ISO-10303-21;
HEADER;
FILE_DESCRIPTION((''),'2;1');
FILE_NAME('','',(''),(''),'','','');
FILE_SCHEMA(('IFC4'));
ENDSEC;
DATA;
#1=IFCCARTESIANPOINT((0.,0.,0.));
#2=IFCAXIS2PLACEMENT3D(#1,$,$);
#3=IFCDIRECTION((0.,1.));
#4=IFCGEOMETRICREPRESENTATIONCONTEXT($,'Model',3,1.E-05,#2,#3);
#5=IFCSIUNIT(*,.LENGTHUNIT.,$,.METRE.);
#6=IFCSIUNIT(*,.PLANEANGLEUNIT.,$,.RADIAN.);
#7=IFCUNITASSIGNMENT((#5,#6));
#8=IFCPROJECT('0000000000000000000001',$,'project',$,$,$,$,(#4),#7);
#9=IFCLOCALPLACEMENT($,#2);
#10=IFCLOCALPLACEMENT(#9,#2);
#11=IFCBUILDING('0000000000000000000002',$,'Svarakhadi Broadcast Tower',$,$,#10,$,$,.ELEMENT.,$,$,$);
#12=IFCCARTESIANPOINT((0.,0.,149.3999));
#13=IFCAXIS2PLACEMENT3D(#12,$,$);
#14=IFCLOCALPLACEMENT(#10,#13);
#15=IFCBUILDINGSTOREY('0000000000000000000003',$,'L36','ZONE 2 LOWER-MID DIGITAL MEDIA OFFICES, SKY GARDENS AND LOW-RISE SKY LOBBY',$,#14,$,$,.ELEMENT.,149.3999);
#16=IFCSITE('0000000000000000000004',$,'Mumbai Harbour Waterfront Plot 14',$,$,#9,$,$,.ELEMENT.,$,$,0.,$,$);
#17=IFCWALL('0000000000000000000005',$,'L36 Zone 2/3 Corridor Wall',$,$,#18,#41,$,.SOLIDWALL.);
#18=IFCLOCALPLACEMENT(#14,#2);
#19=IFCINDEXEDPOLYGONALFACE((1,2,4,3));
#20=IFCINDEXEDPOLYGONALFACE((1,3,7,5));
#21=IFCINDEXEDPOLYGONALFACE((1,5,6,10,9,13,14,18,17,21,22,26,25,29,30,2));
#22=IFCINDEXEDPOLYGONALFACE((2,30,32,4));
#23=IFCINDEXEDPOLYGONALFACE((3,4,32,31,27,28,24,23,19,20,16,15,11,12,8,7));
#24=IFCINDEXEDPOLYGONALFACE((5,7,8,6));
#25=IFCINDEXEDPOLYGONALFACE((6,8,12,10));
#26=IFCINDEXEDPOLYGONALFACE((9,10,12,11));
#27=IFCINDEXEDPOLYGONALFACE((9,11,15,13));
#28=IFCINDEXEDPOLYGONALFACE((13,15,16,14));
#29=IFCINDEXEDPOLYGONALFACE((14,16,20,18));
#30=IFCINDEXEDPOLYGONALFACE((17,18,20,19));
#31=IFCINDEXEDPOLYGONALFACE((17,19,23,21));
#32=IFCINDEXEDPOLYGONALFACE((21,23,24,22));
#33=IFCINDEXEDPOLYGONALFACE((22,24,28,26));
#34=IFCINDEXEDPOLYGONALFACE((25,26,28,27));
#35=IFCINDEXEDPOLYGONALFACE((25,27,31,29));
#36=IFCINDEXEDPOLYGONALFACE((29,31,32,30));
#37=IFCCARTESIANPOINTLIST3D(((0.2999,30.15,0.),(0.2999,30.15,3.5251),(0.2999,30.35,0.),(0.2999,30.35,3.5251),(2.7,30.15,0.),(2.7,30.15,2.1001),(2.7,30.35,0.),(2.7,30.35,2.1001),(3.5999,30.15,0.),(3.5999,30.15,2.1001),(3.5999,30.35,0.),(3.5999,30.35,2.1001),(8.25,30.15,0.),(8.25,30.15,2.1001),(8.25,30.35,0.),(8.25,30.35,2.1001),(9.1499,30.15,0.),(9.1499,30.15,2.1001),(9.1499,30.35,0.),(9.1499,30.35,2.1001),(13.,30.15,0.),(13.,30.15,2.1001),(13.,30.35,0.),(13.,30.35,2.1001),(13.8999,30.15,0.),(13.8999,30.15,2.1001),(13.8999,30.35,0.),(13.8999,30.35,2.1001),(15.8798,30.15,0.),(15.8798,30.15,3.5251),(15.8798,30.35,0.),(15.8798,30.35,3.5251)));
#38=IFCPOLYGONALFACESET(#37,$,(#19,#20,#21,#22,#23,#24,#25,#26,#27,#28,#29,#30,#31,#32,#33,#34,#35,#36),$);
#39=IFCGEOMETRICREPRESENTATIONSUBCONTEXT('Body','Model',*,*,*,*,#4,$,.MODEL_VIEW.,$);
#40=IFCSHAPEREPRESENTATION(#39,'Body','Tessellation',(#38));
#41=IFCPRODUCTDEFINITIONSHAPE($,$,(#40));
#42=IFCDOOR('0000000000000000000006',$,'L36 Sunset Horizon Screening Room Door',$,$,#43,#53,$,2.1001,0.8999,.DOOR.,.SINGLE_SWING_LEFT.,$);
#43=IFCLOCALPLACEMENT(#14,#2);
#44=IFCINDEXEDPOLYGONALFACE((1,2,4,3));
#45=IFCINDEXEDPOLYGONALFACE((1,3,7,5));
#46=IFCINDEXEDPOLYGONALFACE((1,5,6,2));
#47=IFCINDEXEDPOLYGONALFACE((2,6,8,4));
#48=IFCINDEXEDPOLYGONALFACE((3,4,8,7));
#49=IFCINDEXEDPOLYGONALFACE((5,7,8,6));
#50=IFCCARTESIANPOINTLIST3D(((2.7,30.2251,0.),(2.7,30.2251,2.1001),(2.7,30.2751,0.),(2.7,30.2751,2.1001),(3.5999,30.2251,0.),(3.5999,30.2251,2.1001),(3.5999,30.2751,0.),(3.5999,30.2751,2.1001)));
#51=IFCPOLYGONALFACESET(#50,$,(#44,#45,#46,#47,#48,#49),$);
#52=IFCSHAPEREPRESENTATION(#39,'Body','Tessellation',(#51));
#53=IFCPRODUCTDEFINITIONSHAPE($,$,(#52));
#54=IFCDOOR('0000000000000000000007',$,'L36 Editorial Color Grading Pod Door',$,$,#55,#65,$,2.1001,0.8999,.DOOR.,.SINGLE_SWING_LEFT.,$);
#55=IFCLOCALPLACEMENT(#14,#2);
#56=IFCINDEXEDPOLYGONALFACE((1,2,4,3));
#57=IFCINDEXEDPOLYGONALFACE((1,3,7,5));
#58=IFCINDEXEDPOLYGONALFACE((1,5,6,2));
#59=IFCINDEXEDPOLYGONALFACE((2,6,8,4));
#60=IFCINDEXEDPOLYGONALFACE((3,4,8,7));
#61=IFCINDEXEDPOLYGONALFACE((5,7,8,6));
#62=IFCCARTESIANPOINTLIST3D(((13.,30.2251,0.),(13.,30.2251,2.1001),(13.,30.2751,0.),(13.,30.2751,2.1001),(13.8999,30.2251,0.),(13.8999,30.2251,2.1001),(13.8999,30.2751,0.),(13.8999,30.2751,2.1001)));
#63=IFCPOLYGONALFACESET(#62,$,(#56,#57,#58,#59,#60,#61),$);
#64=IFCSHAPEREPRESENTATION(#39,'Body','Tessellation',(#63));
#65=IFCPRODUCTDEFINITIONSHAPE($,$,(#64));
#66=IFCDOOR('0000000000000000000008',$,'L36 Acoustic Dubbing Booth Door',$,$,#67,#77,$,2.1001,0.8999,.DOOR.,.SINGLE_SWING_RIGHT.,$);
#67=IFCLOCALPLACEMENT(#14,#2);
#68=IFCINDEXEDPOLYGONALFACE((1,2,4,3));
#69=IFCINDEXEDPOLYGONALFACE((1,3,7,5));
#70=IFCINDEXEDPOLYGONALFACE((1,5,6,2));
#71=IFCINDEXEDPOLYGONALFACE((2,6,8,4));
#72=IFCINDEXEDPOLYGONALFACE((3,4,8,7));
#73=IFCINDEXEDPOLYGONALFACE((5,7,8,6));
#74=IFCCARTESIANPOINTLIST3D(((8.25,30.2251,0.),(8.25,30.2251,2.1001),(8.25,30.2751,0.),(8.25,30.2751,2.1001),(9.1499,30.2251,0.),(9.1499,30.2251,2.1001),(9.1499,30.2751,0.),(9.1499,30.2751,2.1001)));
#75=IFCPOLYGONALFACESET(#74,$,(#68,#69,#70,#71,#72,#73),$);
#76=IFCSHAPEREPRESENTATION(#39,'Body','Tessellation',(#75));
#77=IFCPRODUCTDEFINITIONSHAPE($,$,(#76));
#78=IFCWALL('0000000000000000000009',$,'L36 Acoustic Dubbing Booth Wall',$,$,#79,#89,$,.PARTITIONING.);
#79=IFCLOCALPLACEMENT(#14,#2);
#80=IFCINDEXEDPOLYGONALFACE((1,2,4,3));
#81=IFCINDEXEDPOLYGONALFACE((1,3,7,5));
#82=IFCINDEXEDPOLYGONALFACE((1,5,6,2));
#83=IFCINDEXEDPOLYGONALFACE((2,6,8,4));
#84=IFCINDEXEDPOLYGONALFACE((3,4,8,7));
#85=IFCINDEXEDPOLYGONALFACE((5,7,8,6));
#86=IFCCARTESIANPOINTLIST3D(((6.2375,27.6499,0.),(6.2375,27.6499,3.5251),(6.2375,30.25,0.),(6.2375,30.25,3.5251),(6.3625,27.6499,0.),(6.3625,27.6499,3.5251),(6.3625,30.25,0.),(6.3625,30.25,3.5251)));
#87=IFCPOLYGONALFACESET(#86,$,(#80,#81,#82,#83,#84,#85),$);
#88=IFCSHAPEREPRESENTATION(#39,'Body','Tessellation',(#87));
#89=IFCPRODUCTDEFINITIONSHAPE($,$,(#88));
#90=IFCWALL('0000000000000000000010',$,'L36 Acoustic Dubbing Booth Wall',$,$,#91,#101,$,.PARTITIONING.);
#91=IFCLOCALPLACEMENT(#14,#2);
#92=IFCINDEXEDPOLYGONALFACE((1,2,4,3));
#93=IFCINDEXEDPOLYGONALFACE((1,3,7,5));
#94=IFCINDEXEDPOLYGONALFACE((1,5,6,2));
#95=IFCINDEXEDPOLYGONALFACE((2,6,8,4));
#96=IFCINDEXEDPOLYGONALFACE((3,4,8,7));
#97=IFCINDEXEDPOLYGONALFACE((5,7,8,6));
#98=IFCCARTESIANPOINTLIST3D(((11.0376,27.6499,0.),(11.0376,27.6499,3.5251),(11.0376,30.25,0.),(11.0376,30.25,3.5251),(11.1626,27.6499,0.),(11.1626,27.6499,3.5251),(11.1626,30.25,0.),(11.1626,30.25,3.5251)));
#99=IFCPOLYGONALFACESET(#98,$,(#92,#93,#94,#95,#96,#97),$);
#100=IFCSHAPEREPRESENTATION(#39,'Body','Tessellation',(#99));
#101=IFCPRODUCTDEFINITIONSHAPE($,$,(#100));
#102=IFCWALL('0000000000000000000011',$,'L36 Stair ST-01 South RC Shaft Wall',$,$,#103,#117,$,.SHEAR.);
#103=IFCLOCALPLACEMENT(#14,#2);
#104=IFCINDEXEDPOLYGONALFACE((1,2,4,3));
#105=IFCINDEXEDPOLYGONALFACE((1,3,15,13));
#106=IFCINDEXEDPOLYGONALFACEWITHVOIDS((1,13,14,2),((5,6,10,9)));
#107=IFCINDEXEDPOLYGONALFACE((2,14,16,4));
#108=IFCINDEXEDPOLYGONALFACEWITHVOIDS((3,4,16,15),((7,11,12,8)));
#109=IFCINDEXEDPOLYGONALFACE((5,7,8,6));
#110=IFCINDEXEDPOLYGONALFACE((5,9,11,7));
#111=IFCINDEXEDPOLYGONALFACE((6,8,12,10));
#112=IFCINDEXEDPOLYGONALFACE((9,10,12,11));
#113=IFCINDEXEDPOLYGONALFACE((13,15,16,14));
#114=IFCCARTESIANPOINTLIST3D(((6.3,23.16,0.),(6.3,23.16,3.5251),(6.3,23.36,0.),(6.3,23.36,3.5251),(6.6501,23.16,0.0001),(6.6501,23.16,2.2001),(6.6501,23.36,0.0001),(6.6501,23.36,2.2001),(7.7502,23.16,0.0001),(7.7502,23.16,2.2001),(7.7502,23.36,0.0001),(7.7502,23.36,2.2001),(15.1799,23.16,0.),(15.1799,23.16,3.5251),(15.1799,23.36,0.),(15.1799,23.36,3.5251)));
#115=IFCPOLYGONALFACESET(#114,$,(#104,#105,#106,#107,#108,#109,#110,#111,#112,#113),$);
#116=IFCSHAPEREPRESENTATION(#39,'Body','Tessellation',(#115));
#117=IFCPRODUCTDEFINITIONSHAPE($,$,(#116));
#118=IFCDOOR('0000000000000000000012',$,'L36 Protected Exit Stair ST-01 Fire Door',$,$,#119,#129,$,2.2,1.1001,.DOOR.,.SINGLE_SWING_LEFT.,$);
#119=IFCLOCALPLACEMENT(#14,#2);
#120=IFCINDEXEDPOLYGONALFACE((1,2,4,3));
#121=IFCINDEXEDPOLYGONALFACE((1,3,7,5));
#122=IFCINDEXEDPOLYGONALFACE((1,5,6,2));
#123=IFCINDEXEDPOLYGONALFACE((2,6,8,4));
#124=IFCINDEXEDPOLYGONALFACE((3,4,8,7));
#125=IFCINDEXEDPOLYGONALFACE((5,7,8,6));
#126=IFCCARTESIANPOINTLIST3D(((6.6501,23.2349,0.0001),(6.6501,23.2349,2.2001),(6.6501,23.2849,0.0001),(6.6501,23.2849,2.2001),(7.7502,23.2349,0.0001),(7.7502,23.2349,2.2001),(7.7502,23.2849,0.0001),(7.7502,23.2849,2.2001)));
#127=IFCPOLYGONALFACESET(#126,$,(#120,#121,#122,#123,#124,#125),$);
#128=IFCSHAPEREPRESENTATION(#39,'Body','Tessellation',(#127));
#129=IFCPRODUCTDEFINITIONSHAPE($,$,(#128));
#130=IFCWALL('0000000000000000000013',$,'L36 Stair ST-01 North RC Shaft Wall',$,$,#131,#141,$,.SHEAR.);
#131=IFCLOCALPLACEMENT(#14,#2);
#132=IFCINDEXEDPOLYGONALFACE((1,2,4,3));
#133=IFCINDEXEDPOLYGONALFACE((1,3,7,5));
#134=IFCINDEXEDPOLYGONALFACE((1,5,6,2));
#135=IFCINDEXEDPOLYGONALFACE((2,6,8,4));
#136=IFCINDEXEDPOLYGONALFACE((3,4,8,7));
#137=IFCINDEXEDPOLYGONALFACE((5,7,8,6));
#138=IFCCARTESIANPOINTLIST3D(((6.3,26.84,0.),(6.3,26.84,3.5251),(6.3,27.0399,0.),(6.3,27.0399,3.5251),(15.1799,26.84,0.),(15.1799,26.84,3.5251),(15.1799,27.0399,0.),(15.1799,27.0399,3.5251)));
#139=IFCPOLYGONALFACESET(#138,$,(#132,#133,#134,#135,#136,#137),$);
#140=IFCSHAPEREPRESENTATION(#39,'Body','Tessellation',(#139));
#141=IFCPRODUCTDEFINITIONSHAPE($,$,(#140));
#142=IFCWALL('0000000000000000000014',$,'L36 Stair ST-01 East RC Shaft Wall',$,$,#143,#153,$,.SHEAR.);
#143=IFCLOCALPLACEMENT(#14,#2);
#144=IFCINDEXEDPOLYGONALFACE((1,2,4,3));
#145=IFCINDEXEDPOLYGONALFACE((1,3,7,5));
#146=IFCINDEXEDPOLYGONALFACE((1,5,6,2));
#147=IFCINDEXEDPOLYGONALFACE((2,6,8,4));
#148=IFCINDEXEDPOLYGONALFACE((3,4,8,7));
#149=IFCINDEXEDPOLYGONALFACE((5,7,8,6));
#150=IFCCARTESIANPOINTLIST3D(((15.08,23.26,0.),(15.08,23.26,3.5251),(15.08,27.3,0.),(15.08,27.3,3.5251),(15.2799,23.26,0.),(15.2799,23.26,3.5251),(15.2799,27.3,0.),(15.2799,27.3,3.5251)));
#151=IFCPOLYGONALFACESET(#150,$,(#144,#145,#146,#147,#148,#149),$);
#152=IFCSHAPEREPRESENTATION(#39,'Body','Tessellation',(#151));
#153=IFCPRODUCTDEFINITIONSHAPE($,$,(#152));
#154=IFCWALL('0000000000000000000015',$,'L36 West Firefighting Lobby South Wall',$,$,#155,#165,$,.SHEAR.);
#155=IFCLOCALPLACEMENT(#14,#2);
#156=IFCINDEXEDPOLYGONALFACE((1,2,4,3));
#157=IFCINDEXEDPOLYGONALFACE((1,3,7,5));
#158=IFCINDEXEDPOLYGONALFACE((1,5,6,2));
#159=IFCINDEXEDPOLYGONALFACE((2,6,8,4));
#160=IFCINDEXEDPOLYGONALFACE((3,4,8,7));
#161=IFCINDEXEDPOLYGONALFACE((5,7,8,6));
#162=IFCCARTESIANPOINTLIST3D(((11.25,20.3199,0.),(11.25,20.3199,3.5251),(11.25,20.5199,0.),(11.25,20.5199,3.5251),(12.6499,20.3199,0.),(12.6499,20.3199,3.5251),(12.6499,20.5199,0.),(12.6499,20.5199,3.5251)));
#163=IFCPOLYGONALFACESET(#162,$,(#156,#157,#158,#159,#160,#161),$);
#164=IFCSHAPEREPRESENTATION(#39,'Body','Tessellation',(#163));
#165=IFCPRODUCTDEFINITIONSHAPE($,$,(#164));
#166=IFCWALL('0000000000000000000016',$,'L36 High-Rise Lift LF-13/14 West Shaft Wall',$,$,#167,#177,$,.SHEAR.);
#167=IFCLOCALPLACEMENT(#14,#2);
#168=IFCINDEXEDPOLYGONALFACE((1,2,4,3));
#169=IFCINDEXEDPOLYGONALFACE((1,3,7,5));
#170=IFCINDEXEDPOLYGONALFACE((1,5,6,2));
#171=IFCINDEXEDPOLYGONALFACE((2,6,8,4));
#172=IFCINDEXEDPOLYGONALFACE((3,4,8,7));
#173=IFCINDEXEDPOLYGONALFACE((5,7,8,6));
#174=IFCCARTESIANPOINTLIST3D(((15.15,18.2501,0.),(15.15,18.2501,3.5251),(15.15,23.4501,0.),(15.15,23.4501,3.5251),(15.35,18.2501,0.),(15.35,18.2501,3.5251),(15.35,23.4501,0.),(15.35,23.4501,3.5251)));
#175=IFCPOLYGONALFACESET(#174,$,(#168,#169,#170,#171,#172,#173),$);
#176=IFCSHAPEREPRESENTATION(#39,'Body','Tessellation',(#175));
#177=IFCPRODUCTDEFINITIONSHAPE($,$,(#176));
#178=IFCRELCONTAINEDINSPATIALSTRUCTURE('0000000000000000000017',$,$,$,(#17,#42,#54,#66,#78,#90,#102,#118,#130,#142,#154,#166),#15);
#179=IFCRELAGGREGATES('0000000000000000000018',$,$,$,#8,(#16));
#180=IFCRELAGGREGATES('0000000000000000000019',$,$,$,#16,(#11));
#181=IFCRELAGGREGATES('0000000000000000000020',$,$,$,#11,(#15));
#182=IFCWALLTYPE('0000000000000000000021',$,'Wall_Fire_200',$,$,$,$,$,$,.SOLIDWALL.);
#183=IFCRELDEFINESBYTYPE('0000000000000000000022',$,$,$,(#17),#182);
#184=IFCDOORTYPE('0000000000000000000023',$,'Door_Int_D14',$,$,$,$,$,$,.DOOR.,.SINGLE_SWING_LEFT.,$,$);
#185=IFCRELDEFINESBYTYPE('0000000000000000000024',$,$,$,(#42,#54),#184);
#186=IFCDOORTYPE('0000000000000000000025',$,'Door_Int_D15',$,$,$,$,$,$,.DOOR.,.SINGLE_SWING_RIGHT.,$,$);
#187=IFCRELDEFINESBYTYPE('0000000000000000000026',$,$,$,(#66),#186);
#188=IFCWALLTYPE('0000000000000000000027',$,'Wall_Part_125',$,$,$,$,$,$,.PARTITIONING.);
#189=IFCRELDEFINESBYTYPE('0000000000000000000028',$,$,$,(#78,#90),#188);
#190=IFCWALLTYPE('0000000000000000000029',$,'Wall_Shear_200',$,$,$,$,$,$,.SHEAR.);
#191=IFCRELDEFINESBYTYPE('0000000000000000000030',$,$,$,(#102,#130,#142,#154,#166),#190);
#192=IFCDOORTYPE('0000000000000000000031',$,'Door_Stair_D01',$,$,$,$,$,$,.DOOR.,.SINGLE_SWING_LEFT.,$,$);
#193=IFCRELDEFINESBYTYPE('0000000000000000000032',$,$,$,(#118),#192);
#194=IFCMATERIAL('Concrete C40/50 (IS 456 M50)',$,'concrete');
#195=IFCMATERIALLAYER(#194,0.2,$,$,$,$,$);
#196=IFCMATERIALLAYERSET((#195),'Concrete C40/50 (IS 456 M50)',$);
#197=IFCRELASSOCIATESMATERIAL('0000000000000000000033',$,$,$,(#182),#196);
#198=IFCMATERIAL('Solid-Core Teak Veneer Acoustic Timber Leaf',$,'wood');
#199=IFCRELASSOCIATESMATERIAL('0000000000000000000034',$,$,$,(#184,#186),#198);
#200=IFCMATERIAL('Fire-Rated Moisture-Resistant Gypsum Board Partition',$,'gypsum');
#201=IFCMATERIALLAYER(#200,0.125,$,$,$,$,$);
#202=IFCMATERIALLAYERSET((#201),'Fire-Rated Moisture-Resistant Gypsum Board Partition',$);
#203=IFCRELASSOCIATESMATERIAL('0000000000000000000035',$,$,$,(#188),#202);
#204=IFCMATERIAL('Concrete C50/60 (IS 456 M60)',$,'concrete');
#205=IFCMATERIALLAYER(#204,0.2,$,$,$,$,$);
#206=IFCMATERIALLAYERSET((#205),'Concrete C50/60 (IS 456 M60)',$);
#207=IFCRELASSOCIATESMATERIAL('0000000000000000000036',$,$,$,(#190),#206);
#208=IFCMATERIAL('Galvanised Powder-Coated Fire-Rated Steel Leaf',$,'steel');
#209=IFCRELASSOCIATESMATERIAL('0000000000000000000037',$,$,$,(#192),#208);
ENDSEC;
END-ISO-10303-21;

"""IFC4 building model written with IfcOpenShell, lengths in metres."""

from ifc_helpers import new_model, si_unit, direction, frame, frame_2d, origin, place, context, subcontext, project, spatial, rectangle, extrude, material, layer, layer_set, type_object, element, fill, save


model = new_model("IFC4")

# Units and contexts
model_context = context("Model", 3, precision=1e-05, world=origin(), true_north=direction((0.0, 1.0)))
body_context = subcontext(model_context, "Body", "Model", "MODEL_VIEW")
ifc_project = project(units=[si_unit("LENGTHUNIT", "METRE"), si_unit("PLANEANGLEUNIT", "RADIAN")], contexts=[model_context])

# Site, building, storey
site_placement = place(None, origin())
site = spatial("IfcSite", under=ifc_project, at=site_placement, Name="Mumbai Harbour Waterfront Plot 14", CompositionType="ELEMENT", RefElevation=0.0)
building_placement = place(site_placement, origin())
building = spatial("IfcBuilding", under=site, at=building_placement, Name="Svarakhadi Broadcast Tower", CompositionType="ELEMENT")
storey_placement = place(building_placement, frame((0.0, 0.0, 149.3999)))
storey = spatial("IfcBuildingStorey", under=building, at=storey_placement, Name="L36", Description="ZONE 2 LOWER-MID DIGITAL MEDIA OFFICES, SKY GARDENS AND LOW-RISE SKY LOBBY", CompositionType="ELEMENT", Elevation=149.3999)

# Shared definitions
ifc_material_1 = material(Name="Concrete C50/60 (IS 456 M60)", Category="concrete")

# Shared definitions
ifc_material_2 = material(Name="Concrete C40/50 (IS 456 M50)", Category="concrete")
ifc_layer_1 = layer(ifc_material_2, 0.2)
ifc_layer_set_1 = layer_set([ifc_layer_1], Name="Concrete C40/50 (IS 456 M50)")
wall_type_1 = type_object("IfcWallType", Name="Wall_Fire_200", PredefinedType="SOLIDWALL", material=ifc_layer_set_1)

# Wall, openings, doors
wall_1_placement = place(storey_placement, frame((15.8799, 30.25, 0.0), z_axis=(0.0, 0.0, 1.0), x_axis=(-1.0, 0.0, 0.0)))
wall_1 = element("IfcWall", 1, at=wall_1_placement, inside=storey, type_object=wall_type_1, Name="L36 Zone 2/3 Corridor Wall", PredefinedType="SOLIDWALL", context=body_context, shape_type="SweptSolid", body=[
    extrude(rectangle(XDim=15.5798, YDim=0.2, at=frame_2d((7.79, 0.0))), origin(), (0.0, 0.0, 1.0), 3.5251),
])
opening_1_placement = place(wall_1_placement, frame((12.28, 0.0, 0.0)))
opening_1 = element("IfcOpeningElement", 2, at=opening_1_placement, cuts=wall_1, PredefinedType="OPENING", context=body_context, shape_type="SweptSolid", body=[
    extrude(rectangle(XDim=0.8999, YDim=2.1001, at=frame_2d((0.45, 1.05))), frame((0.0, 0.1099, 0.0), z_axis=(0.0, -1.0, 0.0), x_axis=(1.0, 0.0, 0.0)), (0.0, 0.0, 1.0), 0.22),
])
opening_2_placement = place(wall_1_placement, frame((6.73, 0.0, 0.0)))
opening_2 = element("IfcOpeningElement", 3, at=opening_2_placement, cuts=wall_1, PredefinedType="OPENING", context=body_context, shape_type="SweptSolid", body=[
    extrude(rectangle(XDim=0.8999, YDim=2.1001, at=frame_2d((0.45, 1.05))), frame((0.0, 0.1099, 0.0), z_axis=(0.0, -1.0, 0.0), x_axis=(1.0, 0.0, 0.0)), (0.0, 0.0, 1.0), 0.22),
])
opening_3_placement = place(wall_1_placement, frame((1.98, 0.0, 0.0)))
opening_3 = element("IfcOpeningElement", 4, at=opening_3_placement, cuts=wall_1, PredefinedType="OPENING", context=body_context, shape_type="SweptSolid", body=[
    extrude(rectangle(XDim=0.8999, YDim=2.1001, at=frame_2d((0.45, 1.05))), frame((0.0, 0.1099, 0.0), z_axis=(0.0, -1.0, 0.0), x_axis=(1.0, 0.0, 0.0)), (0.0, 0.0, 1.0), 0.22),
])
ifc_material_3 = material(Name="Solid-Core Teak Veneer Acoustic Timber Leaf", Category="wood")
door_type_1 = type_object("IfcDoorType", Name="Door_Int_D14", OperationType="SINGLE_SWING_LEFT", PredefinedType="DOOR", material=ifc_material_3)
door_1_placement = place(opening_1_placement, origin())
door_1 = element("IfcDoor", 5, at=door_1_placement, inside=storey, type_object=door_type_1, Name="L36 Sunset Horizon Screening Room Door", OperationType="SINGLE_SWING_LEFT", OverallHeight=2.1001, OverallWidth=0.8999, PredefinedType="DOOR", context=body_context, shape_type="SweptSolid", body=[
    extrude(rectangle(XDim=0.8999, YDim=2.1001, at=frame_2d((0.45, 1.05))), frame((0.0, 0.0249, 0.0), z_axis=(0.0, -1.0, 0.0), x_axis=(1.0, 0.0, 0.0)), (0.0, 0.0, 1.0), 0.05),
])
fill(opening_1, door_1)
door_2_placement = place(opening_3_placement, origin())
door_2 = element("IfcDoor", 6, at=door_2_placement, inside=storey, type_object=door_type_1, Name="L36 Editorial Color Grading Pod Door", OperationType="SINGLE_SWING_LEFT", OverallHeight=2.1001, OverallWidth=0.8999, PredefinedType="DOOR", context=body_context, shape_type="SweptSolid", body=[
    extrude(rectangle(XDim=0.8999, YDim=2.1001, at=frame_2d((0.45, 1.05))), frame((0.0, 0.0249, 0.0), z_axis=(0.0, -1.0, 0.0), x_axis=(1.0, 0.0, 0.0)), (0.0, 0.0, 1.0), 0.05),
])
fill(opening_3, door_2)
door_type_2 = type_object("IfcDoorType", Name="Door_Int_D15", OperationType="SINGLE_SWING_RIGHT", PredefinedType="DOOR", material=ifc_material_3)
door_3_placement = place(opening_2_placement, origin())
door_3 = element("IfcDoor", 7, at=door_3_placement, inside=storey, type_object=door_type_2, Name="L36 Acoustic Dubbing Booth Door", OperationType="SINGLE_SWING_RIGHT", OverallHeight=2.1001, OverallWidth=0.8999, PredefinedType="DOOR", context=body_context, shape_type="SweptSolid", body=[
    extrude(rectangle(XDim=0.8999, YDim=2.1001, at=frame_2d((0.45, 1.05))), frame((0.0, 0.0249, 0.0), z_axis=(0.0, -1.0, 0.0), x_axis=(1.0, 0.0, 0.0)), (0.0, 0.0, 1.0), 0.05),
])
fill(opening_2, door_3)

# Walls
ifc_material_4 = material(Name="Fire-Rated Moisture-Resistant Gypsum Board Partition", Category="gypsum")
ifc_layer_2 = layer(ifc_material_4, 0.125)
ifc_layer_set_2 = layer_set([ifc_layer_2], Name="Fire-Rated Moisture-Resistant Gypsum Board Partition")
wall_type_2 = type_object("IfcWallType", Name="Wall_Part_125", PredefinedType="PARTITIONING", material=ifc_layer_set_2)
for number, where, z_axis, x_axis, name in (
    (8, (6.3, 27.6499, 0.0), (0.0, 0.0, 1.0), (0.0, 1.0, 0.0), "L36 Acoustic Dubbing Booth Wall"),
    (9, (11.1001, 27.6499, 0.0), (0.0, 0.0, 1.0), (0.0, 1.0, 0.0), "L36 Acoustic Dubbing Booth Wall"),
):
    element("IfcWall", number, at=place(storey_placement, frame(where, z_axis=z_axis, x_axis=x_axis)), inside=storey, type_object=wall_type_2, Name=name, PredefinedType="PARTITIONING", context=body_context, shape_type="SweptSolid", body=[
        extrude(rectangle(XDim=2.6001, YDim=0.125, at=frame_2d((1.3, 0.0))), origin(), (0.0, 0.0, 1.0), 3.5251),
    ])

# Wall, opening, door
ifc_layer_3 = layer(ifc_material_1, 0.2)
ifc_layer_set_3 = layer_set([ifc_layer_3], Name="Concrete C50/60 (IS 456 M60)")
wall_type_3 = type_object("IfcWallType", Name="Wall_Shear_200", PredefinedType="SHEAR", material=ifc_layer_set_3)
wall_2_placement = place(storey_placement, frame((6.3, 23.26, 0.0), z_axis=(0.0, 0.0, 1.0), x_axis=(1.0, 0.0, 0.0)))
wall_2 = element("IfcWall", 10, at=wall_2_placement, inside=storey, type_object=wall_type_3, Name="L36 Stair ST-01 South RC Shaft Wall", PredefinedType="SHEAR", context=body_context, shape_type="SweptSolid", body=[
    extrude(rectangle(XDim=8.8799, YDim=0.2, at=frame_2d((4.4399, 0.0))), origin(), (0.0, 0.0, 1.0), 3.5251),
])
opening_4_placement = place(wall_2_placement, frame((0.3501, 0.0, 0.0)))
opening_4 = element("IfcOpeningElement", 11, at=opening_4_placement, cuts=wall_2, PredefinedType="OPENING", context=body_context, shape_type="SweptSolid", body=[
    extrude(rectangle(XDim=1.1001, YDim=2.2, at=frame_2d((0.55, 1.1001))), frame((0.0, 0.1099, 0.0), z_axis=(0.0, -1.0, 0.0), x_axis=(1.0, 0.0, 0.0)), (0.0, 0.0, 1.0), 0.22),
])
ifc_material_5 = material(Name="Galvanised Powder-Coated Fire-Rated Steel Leaf", Category="steel")
door_type_3 = type_object("IfcDoorType", Name="Door_Stair_D01", OperationType="SINGLE_SWING_LEFT", PredefinedType="DOOR", material=ifc_material_5)
door_4_placement = place(opening_4_placement, origin())
door_4 = element("IfcDoor", 12, at=door_4_placement, inside=storey, type_object=door_type_3, Name="L36 Protected Exit Stair ST-01 Fire Door", OperationType="SINGLE_SWING_LEFT", OverallHeight=2.2, OverallWidth=1.1001, PredefinedType="DOOR", context=body_context, shape_type="SweptSolid", body=[
    extrude(rectangle(XDim=1.1001, YDim=2.2, at=frame_2d((0.55, 1.1001))), frame((0.0, 0.0249, 0.0), z_axis=(0.0, -1.0, 0.0), x_axis=(1.0, 0.0, 0.0)), (0.0, 0.0, 1.0), 0.05),
])
fill(opening_4, door_4)

# Walls
wall_3_placement = place(storey_placement, frame((6.3, 26.9399, 0.0), z_axis=(0.0, 0.0, 1.0), x_axis=(1.0, 0.0, 0.0)))
element("IfcWall", 13, at=wall_3_placement, inside=storey, type_object=wall_type_3, Name="L36 Stair ST-01 North RC Shaft Wall", PredefinedType="SHEAR", context=body_context, shape_type="SweptSolid", body=[
    extrude(rectangle(XDim=8.8799, YDim=0.2, at=frame_2d((4.4399, 0.0))), origin(), (0.0, 0.0, 1.0), 3.5251),
])
wall_4_placement = place(storey_placement, frame((15.1799, 23.26, 0.0), z_axis=(0.0, 0.0, 1.0), x_axis=(0.0, 1.0, 0.0)))
element("IfcWall", 14, at=wall_4_placement, inside=storey, type_object=wall_type_3, Name="L36 Stair ST-01 East RC Shaft Wall", PredefinedType="SHEAR", context=body_context, shape_type="SweptSolid", body=[
    extrude(rectangle(XDim=4.04, YDim=0.2, at=frame_2d((2.02, 0.0))), origin(), (0.0, 0.0, 1.0), 3.5251),
])
wall_5_placement = place(storey_placement, frame((11.25, 20.4199, 0.0), z_axis=(0.0, 0.0, 1.0), x_axis=(1.0, 0.0, 0.0)))
element("IfcWall", 15, at=wall_5_placement, inside=storey, type_object=wall_type_3, Name="L36 West Firefighting Lobby South Wall", PredefinedType="SHEAR", context=body_context, shape_type="SweptSolid", body=[
    extrude(rectangle(XDim=1.3999, YDim=0.2, at=frame_2d((0.7, 0.0))), origin(), (0.0, 0.0, 1.0), 3.5251),
])

# Wall
wall_6_placement = place(storey_placement, frame((15.25, 18.25, 0.0), z_axis=(0.0, 0.0, 1.0), x_axis=(0.0, 1.0, 0.0)))
element("IfcWall", 16, at=wall_6_placement, inside=storey, type_object=wall_type_3, Name="L36 High-Rise Lift LF-13/14 West Shaft Wall", PredefinedType="SHEAR", context=body_context, shape_type="SweptSolid", body=[
    extrude(rectangle(XDim=5.2, YDim=0.2, at=frame_2d((2.6001, 0.0))), origin(), (0.0, 0.0, 1.0), 3.5251),
])

save(model, "model.ifc")
